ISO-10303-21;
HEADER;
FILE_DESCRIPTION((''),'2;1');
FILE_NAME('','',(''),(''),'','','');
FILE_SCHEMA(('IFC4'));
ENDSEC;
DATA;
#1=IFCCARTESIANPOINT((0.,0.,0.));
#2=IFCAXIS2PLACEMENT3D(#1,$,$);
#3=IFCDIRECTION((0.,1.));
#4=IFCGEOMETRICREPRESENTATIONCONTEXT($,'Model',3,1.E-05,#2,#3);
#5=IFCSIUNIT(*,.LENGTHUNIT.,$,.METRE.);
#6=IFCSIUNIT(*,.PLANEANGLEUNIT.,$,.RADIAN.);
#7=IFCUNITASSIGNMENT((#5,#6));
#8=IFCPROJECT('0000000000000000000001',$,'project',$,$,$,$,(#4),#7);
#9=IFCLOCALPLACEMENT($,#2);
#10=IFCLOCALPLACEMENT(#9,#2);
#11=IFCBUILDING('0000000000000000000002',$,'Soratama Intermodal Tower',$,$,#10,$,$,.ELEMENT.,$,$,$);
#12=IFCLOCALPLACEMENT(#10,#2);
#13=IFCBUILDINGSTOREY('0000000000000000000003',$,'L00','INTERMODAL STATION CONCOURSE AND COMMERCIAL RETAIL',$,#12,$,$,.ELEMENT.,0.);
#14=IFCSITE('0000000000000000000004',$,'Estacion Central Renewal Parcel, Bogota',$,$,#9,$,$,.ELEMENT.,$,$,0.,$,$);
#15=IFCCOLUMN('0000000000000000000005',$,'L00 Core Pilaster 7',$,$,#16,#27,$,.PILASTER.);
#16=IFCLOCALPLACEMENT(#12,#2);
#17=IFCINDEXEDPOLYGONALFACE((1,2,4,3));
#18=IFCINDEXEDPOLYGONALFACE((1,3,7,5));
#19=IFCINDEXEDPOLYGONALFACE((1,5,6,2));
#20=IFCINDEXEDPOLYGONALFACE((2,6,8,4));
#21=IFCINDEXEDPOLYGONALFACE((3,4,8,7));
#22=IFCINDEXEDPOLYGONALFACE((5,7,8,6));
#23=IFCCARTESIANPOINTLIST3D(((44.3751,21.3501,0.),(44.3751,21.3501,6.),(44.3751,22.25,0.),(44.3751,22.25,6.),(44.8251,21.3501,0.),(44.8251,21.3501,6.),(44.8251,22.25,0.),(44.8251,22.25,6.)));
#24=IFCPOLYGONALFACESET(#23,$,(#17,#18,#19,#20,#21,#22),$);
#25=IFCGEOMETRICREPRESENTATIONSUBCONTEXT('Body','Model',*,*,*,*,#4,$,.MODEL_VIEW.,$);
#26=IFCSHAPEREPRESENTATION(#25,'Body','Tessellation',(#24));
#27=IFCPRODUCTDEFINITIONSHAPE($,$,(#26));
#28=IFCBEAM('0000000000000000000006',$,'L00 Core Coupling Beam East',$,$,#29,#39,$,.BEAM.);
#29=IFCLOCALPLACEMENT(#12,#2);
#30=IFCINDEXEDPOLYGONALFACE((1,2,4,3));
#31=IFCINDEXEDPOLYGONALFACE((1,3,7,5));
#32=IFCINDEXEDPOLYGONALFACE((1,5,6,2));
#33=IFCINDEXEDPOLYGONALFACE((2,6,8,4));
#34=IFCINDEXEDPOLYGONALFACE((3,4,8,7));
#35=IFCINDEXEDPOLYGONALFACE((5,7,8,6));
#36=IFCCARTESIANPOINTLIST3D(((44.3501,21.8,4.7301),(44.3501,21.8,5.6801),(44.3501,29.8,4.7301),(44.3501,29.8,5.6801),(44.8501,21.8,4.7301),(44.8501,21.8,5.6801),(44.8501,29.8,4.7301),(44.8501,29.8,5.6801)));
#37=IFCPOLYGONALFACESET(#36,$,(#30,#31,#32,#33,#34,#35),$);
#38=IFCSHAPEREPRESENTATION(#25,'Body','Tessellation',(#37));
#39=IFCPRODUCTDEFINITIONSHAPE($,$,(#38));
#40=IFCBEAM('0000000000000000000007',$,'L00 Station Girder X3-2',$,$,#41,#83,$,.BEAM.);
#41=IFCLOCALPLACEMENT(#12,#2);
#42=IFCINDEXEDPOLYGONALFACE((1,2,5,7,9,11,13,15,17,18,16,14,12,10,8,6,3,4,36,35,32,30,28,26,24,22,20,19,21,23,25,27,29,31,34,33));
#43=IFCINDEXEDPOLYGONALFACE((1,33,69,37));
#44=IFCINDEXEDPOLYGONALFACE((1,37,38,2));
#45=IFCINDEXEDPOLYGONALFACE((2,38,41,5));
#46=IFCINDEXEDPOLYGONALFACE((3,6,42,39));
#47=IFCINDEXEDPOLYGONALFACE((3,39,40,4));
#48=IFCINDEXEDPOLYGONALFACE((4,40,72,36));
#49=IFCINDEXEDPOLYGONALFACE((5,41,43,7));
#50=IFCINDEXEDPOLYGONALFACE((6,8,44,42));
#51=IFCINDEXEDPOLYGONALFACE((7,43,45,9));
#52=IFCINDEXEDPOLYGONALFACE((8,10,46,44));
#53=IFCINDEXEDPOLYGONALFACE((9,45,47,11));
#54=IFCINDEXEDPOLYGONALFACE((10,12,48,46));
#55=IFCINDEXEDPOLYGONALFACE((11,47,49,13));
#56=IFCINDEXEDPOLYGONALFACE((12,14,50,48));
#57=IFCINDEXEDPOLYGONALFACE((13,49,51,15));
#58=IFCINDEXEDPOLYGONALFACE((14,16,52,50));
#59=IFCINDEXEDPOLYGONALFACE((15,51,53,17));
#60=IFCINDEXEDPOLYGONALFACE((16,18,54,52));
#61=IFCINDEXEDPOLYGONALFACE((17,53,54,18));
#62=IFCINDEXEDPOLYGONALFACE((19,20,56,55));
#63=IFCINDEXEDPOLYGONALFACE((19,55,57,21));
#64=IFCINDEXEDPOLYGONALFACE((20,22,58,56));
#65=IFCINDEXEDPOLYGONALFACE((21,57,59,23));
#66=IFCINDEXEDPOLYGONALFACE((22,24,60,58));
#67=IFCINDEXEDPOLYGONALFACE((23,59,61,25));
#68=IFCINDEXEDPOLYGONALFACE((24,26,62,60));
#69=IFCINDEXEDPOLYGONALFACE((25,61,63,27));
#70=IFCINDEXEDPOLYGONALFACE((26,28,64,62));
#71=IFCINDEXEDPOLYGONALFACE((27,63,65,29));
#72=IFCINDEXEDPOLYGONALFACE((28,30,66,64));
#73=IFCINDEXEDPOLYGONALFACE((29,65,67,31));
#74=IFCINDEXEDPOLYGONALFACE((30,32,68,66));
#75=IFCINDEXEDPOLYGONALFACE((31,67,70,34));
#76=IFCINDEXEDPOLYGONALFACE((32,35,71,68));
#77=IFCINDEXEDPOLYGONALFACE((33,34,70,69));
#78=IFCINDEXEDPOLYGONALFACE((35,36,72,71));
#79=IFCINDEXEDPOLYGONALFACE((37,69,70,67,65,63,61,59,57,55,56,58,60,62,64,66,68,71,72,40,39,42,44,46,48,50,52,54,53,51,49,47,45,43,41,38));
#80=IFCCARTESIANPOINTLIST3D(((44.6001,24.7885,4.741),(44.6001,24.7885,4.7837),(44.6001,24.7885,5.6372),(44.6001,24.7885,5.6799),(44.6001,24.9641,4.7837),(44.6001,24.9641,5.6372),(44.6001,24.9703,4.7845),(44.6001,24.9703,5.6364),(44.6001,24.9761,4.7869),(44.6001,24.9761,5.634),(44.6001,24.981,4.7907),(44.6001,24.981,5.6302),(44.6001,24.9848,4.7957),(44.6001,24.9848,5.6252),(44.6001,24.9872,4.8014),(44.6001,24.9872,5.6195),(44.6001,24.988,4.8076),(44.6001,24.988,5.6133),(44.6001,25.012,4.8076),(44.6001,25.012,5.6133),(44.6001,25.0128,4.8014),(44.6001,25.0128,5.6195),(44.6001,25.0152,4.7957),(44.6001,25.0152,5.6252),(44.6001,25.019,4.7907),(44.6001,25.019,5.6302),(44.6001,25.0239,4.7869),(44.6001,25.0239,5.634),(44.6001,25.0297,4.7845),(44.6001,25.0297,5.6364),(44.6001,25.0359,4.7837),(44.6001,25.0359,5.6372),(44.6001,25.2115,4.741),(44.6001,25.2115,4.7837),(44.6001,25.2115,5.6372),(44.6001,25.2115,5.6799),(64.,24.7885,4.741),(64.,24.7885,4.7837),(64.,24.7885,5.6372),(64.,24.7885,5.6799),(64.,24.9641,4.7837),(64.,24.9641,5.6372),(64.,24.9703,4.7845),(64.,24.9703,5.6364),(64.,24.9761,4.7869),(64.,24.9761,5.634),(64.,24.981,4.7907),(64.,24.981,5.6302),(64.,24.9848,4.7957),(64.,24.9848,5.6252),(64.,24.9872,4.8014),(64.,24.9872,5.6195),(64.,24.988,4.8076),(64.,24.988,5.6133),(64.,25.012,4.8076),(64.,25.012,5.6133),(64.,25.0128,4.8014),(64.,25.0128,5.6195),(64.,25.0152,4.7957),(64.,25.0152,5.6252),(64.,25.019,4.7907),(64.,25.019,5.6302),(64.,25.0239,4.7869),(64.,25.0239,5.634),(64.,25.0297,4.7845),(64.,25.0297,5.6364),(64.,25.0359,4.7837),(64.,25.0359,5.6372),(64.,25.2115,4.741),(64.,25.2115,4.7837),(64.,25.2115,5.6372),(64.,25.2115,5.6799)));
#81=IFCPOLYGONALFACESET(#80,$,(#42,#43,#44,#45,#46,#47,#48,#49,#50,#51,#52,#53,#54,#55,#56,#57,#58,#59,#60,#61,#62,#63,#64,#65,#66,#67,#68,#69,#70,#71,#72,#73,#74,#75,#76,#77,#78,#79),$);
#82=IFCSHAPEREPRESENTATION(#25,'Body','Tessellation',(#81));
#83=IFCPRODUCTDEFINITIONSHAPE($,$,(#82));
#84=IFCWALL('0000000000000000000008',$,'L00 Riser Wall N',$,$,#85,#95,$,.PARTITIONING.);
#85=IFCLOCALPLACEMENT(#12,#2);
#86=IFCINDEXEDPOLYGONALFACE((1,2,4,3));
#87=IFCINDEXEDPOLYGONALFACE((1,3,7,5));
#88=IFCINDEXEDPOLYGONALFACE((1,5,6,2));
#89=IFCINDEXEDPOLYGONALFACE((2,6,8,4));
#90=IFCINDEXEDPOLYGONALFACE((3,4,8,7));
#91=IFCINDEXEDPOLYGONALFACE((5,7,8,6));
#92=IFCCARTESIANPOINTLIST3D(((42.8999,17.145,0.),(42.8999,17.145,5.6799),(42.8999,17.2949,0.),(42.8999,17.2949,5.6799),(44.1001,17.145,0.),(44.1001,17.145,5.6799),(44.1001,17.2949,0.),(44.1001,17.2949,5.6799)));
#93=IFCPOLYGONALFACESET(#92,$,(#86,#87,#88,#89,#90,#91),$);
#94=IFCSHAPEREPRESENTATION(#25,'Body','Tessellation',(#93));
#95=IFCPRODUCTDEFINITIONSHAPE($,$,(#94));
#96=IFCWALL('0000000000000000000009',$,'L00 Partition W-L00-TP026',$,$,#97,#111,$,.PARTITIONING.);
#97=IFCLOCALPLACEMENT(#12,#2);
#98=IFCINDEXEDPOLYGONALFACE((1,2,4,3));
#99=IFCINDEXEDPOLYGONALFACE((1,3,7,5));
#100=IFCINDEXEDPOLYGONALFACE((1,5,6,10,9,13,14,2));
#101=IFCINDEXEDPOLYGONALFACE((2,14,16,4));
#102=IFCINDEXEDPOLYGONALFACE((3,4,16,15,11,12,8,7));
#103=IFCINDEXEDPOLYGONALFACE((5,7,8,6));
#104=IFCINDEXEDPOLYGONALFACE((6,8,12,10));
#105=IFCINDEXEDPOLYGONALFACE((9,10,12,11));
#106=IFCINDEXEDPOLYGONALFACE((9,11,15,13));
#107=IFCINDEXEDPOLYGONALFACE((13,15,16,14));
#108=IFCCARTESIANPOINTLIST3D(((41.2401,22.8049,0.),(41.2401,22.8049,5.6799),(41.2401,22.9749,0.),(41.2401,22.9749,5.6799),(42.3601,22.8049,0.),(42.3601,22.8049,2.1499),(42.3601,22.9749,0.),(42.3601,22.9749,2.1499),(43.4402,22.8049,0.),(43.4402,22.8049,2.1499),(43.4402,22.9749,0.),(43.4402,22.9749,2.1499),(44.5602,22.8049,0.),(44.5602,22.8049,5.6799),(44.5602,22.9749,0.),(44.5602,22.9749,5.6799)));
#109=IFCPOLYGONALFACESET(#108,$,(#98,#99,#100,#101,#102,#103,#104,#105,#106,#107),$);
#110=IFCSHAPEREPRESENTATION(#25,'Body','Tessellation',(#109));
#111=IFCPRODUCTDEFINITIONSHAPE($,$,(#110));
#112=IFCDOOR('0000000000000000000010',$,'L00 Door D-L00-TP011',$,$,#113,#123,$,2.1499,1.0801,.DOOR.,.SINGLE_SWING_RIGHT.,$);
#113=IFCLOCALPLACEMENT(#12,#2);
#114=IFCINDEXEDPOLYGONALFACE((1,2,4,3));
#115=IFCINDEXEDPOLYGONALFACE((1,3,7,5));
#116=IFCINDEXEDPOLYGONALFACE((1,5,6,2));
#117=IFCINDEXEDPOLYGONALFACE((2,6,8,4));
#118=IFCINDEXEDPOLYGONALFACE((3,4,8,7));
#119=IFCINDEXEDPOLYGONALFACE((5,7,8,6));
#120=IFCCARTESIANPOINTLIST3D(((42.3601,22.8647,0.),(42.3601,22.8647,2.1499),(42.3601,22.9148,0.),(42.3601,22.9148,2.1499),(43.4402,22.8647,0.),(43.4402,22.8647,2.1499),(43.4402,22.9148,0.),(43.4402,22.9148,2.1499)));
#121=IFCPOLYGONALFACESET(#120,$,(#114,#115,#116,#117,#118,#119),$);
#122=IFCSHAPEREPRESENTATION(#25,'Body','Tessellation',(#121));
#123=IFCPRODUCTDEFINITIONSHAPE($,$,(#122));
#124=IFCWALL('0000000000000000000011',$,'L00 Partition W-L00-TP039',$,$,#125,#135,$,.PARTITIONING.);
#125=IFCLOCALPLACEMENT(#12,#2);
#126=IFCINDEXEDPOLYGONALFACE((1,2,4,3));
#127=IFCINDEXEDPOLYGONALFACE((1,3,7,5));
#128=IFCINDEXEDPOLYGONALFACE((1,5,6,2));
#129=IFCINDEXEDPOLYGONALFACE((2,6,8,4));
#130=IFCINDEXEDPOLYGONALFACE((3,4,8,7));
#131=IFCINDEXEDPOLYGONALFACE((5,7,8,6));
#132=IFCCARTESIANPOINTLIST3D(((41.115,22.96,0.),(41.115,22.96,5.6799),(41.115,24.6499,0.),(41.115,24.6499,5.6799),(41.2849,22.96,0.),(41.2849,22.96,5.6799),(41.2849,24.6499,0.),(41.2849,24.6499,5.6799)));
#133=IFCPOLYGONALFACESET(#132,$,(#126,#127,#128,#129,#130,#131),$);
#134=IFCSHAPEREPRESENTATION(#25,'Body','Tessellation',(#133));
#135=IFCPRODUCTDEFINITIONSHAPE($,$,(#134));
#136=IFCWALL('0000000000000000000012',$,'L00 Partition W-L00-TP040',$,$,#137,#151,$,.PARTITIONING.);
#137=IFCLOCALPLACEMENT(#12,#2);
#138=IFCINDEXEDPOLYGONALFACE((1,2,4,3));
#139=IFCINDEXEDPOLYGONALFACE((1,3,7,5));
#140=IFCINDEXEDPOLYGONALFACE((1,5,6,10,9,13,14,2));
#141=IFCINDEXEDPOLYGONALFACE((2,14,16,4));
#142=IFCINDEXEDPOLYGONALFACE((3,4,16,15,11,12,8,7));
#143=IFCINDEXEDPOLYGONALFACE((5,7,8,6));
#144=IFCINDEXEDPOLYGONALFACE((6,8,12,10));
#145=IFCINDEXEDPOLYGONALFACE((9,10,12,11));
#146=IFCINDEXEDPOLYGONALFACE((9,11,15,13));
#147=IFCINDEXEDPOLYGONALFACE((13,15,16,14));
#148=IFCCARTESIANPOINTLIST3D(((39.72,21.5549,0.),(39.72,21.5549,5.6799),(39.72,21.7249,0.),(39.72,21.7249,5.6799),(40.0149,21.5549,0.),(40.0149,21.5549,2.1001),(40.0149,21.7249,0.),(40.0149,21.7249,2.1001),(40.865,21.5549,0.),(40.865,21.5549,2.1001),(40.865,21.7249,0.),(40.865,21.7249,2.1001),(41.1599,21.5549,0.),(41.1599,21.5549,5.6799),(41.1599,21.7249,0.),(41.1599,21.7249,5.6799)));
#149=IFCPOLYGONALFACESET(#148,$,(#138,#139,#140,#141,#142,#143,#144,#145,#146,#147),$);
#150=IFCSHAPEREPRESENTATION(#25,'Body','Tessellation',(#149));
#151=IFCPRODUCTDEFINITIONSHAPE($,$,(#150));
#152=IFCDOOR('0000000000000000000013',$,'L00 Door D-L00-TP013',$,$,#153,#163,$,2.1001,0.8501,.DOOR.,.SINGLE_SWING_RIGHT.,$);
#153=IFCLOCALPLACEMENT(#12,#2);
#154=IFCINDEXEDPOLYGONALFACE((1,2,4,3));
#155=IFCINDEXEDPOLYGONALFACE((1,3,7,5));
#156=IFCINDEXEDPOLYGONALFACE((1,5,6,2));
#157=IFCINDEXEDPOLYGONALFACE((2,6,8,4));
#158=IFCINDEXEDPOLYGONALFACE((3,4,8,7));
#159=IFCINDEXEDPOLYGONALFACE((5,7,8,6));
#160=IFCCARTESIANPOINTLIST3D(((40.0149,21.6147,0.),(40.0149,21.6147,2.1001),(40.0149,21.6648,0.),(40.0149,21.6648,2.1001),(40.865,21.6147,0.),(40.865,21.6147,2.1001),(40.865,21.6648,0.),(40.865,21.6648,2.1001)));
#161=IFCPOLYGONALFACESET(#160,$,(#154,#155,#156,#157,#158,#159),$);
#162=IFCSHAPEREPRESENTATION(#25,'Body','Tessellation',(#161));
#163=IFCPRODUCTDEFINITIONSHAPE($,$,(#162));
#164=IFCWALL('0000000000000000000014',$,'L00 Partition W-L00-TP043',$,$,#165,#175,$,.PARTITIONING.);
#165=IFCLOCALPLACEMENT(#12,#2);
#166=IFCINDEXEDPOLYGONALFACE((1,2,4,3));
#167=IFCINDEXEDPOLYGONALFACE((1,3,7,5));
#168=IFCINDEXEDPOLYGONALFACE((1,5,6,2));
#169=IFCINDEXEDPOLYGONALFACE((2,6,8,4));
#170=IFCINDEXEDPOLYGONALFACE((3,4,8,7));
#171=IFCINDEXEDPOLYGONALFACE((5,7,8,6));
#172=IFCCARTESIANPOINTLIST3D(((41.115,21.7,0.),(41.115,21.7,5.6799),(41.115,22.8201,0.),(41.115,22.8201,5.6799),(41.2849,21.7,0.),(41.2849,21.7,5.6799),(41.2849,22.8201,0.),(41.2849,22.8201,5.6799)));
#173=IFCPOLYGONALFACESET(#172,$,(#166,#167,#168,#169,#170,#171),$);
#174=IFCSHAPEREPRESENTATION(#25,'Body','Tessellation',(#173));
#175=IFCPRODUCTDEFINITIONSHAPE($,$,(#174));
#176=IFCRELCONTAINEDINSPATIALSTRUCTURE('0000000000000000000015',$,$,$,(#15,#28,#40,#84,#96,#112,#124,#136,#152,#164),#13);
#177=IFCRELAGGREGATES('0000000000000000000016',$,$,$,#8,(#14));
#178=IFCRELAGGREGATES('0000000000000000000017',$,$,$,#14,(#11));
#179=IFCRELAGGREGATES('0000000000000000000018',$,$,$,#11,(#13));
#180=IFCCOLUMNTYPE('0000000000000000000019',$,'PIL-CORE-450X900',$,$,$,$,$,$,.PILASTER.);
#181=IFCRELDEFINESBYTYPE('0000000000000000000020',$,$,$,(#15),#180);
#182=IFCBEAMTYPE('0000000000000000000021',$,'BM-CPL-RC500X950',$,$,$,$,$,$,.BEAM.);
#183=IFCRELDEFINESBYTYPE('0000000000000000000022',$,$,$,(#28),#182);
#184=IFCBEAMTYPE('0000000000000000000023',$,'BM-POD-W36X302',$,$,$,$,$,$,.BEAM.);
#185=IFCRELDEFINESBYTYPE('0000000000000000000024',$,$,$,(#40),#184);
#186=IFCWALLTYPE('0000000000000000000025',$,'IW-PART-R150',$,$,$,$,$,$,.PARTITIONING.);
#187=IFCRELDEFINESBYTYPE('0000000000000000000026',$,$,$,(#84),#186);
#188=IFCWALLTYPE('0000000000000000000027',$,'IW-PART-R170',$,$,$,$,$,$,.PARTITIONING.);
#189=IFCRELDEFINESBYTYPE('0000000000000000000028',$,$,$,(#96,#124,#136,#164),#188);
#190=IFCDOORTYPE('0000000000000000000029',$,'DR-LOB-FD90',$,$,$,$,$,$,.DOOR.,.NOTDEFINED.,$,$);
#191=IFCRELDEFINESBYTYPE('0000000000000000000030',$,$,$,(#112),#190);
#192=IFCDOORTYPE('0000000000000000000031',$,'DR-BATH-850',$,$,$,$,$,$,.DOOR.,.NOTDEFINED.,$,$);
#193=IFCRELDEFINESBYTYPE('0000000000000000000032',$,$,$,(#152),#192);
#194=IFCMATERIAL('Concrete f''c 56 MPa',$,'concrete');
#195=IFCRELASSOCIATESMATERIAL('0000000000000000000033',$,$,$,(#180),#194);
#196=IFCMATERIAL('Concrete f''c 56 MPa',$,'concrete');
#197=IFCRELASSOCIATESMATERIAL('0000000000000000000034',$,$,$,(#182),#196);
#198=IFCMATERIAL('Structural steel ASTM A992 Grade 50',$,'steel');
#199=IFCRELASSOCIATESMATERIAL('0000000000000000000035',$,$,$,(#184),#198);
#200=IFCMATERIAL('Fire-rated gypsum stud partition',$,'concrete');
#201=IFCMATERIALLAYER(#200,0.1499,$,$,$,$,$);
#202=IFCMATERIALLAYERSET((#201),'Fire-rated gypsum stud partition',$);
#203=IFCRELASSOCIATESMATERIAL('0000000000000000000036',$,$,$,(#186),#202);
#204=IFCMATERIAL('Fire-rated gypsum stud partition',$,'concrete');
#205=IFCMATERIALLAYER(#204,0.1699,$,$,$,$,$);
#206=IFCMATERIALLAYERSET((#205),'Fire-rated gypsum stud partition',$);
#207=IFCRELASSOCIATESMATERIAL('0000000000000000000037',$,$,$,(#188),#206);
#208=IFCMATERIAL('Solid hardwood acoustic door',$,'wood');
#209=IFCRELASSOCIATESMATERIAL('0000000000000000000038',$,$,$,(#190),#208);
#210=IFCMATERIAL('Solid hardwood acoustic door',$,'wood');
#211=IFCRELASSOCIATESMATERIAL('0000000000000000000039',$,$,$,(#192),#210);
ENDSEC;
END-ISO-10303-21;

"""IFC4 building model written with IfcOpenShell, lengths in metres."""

from ifc_helpers import new_model, si_unit, direction, frame, frame_2d, origin, origin_2d, place, context, subcontext, project, spatial, rectangle, i_section, extrude, material, layer, layer_set, material_profile, profile_set, type_object, element, fill, save


model = new_model("IFC4")

# Units and contexts
model_context = context("Model", 3, precision=1e-05, world=origin(), true_north=direction((0.0, 1.0)))
body_context = subcontext(model_context, "Body", "Model", "MODEL_VIEW")
ifc_project = project(units=[si_unit("LENGTHUNIT", "METRE"), si_unit("PLANEANGLEUNIT", "RADIAN")], contexts=[model_context])

# Site, building, storey
site_placement = place(None, origin())
site = spatial("IfcSite", under=ifc_project, at=site_placement, Name="Estacion Central Renewal Parcel, Bogota", CompositionType="ELEMENT", RefElevation=0.0)
building_placement = place(site_placement, origin())
building = spatial("IfcBuilding", under=site, at=building_placement, Name="Soratama Intermodal Tower", CompositionType="ELEMENT")
storey_placement = place(building_placement, origin())
storey = spatial("IfcBuildingStorey", under=building, at=storey_placement, Name="L00", Description="INTERMODAL STATION CONCOURSE AND COMMERCIAL RETAIL", CompositionType="ELEMENT", Elevation=0.0)

# Column
ifc_material_1 = material(Name="Concrete f'c 56 MPa", Category="concrete")
ifc_material_profile_1 = material_profile(ifc_material_1, rectangle(XDim=0.45, YDim=0.8999, at=origin_2d()), Name="RC450X900")
ifc_profile_set_1 = profile_set([ifc_material_profile_1], Name="Concrete f'c 56 MPa")
column_type = type_object("IfcColumnType", Name="PIL-CORE-450X900", PredefinedType="PILASTER", material=ifc_profile_set_1)
column_placement = place(storey_placement, frame((44.6001, 21.8, 0.0), z_axis=(0.0, 0.0, 1.0), x_axis=(1.0, 0.0, 0.0)))
element("IfcColumn", 1, at=column_placement, inside=storey, type_object=column_type, Name="L00 Core Pilaster 7", PredefinedType="PILASTER", context=body_context, shape_type="SweptSolid", body=[
    extrude(rectangle(XDim=0.45, YDim=0.8999, at=origin_2d()), origin(), (0.0, 0.0, 1.0), 6.0),
])

# Beams
ifc_material_2 = material(Name="Concrete f'c 56 MPa", Category="concrete")
ifc_material_profile_2 = material_profile(ifc_material_2, rectangle(XDim=0.5, YDim=0.95, at=origin_2d()), Name="RC500X950")
ifc_profile_set_2 = profile_set([ifc_material_profile_2], Name="Concrete f'c 56 MPa")
beam_type_1 = type_object("IfcBeamType", Name="BM-CPL-RC500X950", PredefinedType="BEAM", material=ifc_profile_set_2)
beam_1_placement = place(storey_placement, frame((44.6001, 21.8, 5.2051), z_axis=(0.0, 1.0, 0.0), x_axis=(-1.0, 0.0, 0.0)))
element("IfcBeam", 2, at=beam_1_placement, inside=storey, type_object=beam_type_1, Name="L00 Core Coupling Beam East", PredefinedType="BEAM", context=body_context, shape_type="SweptSolid", body=[
    extrude(rectangle(XDim=0.5, YDim=0.95, at=origin_2d()), origin(), (0.0, 0.0, 1.0), 8.0),
])
ifc_material_3 = material(Name="Structural steel ASTM A992 Grade 50", Category="steel")
ifc_material_profile_3 = material_profile(ifc_material_3, i_section(OverallWidth=0.4231, OverallDepth=0.939, WebThickness=0.0239, FlangeThickness=0.0427, FilletRadius=0.0239, at=origin_2d()), Name="W36X302")
ifc_profile_set_3 = profile_set([ifc_material_profile_3], Name="Structural steel ASTM A992 Grade 50")
beam_type_2 = type_object("IfcBeamType", Name="BM-POD-W36X302", PredefinedType="BEAM", material=ifc_profile_set_3)
beam_2_placement = place(storey_placement, frame((44.6001, 25.0, 5.2104), z_axis=(1.0, 0.0, 0.0), x_axis=(0.0, 1.0, 0.0)))
element("IfcBeam", 3, at=beam_2_placement, inside=storey, type_object=beam_type_2, Name="L00 Station Girder X3-2", PredefinedType="BEAM", context=body_context, shape_type="SweptSolid", body=[
    extrude(i_section(OverallWidth=0.4231, OverallDepth=0.939, WebThickness=0.0239, FlangeThickness=0.0427, FilletRadius=0.0239, at=origin_2d()), origin(), (0.0, 0.0, 1.0), 19.3999),
])

# Wall
ifc_material_4 = material(Name="Fire-rated gypsum stud partition", Category="concrete")
ifc_layer_1 = layer(ifc_material_4, 0.1499)
ifc_layer_set_1 = layer_set([ifc_layer_1], Name="Fire-rated gypsum stud partition")
wall_type_1 = type_object("IfcWallType", Name="IW-PART-R150", PredefinedType="PARTITIONING", material=ifc_layer_set_1)
wall_1_placement = place(storey_placement, frame((42.8999, 17.22, 0.0), z_axis=(0.0, 0.0, 1.0), x_axis=(1.0, 0.0, 0.0)))
element("IfcWall", 4, at=wall_1_placement, inside=storey, type_object=wall_type_1, Name="L00 Riser Wall N", PredefinedType="PARTITIONING", context=body_context, shape_type="SweptSolid", body=[
    extrude(rectangle(XDim=1.2002, YDim=0.1499, at=frame_2d((0.6001, 0.0))), origin(), (0.0, 0.0, 1.0), 5.6799),
])

# Wall, opening, door
ifc_material_5 = material(Name="Fire-rated gypsum stud partition", Category="concrete")
ifc_layer_2 = layer(ifc_material_5, 0.1699)
ifc_layer_set_2 = layer_set([ifc_layer_2], Name="Fire-rated gypsum stud partition")
wall_type_2 = type_object("IfcWallType", Name="IW-PART-R170", PredefinedType="PARTITIONING", material=ifc_layer_set_2)
wall_2_placement = place(storey_placement, frame((41.24, 22.8899, 0.0), z_axis=(0.0, 0.0, 1.0), x_axis=(1.0, 0.0, 0.0)))
wall_2 = element("IfcWall", 5, at=wall_2_placement, inside=storey, type_object=wall_type_2, Name="L00 Partition W-L00-TP026", PredefinedType="PARTITIONING", context=body_context, shape_type="SweptSolid", body=[
    extrude(rectangle(XDim=3.3201, YDim=0.1699, at=frame_2d((1.6602, 0.0))), origin(), (0.0, 0.0, 1.0), 5.6799),
])
opening_1_placement = place(wall_2_placement, frame((1.1201, 0.0, 0.0)))
opening_1 = element("IfcOpeningElement", 6, at=opening_1_placement, cuts=wall_2, PredefinedType="OPENING", context=body_context, shape_type="SweptSolid", body=[
    extrude(rectangle(XDim=1.0801, YDim=2.1499, at=frame_2d((0.54, 1.075))), frame((0.0, 0.095, 0.0), z_axis=(0.0, -1.0, 0.0), x_axis=(1.0, 0.0, 0.0)), (0.0, 0.0, 1.0), 0.1899),
])
ifc_material_6 = material(Name="Solid hardwood acoustic door", Category="wood")
door_type_1 = type_object("IfcDoorType", Name="DR-LOB-FD90", OperationType="NOTDEFINED", PredefinedType="DOOR", material=ifc_material_6)
door_1_placement = place(opening_1_placement, origin())
door_1 = element("IfcDoor", 7, at=door_1_placement, inside=storey, type_object=door_type_1, Name="L00 Door D-L00-TP011", OperationType="SINGLE_SWING_RIGHT", OverallHeight=2.1499, OverallWidth=1.0801, PredefinedType="DOOR", context=body_context, shape_type="SweptSolid", body=[
    extrude(rectangle(XDim=1.0801, YDim=2.1499, at=frame_2d((0.54, 1.075))), frame((0.0, 0.0249, 0.0), z_axis=(0.0, -1.0, 0.0), x_axis=(1.0, 0.0, 0.0)), (0.0, 0.0, 1.0), 0.05),
])
fill(opening_1, door_1)

# Wall
wall_3_placement = place(storey_placement, frame((41.2, 22.96, 0.0), z_axis=(0.0, 0.0, 1.0), x_axis=(0.0, 1.0, 0.0)))
element("IfcWall", 8, at=wall_3_placement, inside=storey, type_object=wall_type_2, Name="L00 Partition W-L00-TP039", PredefinedType="PARTITIONING", context=body_context, shape_type="SweptSolid", body=[
    extrude(rectangle(XDim=1.6899, YDim=0.1699, at=frame_2d((0.845, 0.0))), origin(), (0.0, 0.0, 1.0), 5.6799),
])

# Wall, opening, door
wall_4_placement = place(storey_placement, frame((39.72, 21.6399, 0.0), z_axis=(0.0, 0.0, 1.0), x_axis=(1.0, 0.0, 0.0)))
wall_4 = element("IfcWall", 9, at=wall_4_placement, inside=storey, type_object=wall_type_2, Name="L00 Partition W-L00-TP040", PredefinedType="PARTITIONING", context=body_context, shape_type="SweptSolid", body=[
    extrude(rectangle(XDim=1.4399, YDim=0.1699, at=frame_2d((0.72, 0.0))), origin(), (0.0, 0.0, 1.0), 5.6799),
])
opening_2_placement = place(wall_4_placement, frame((0.2949, 0.0, 0.0)))
opening_2 = element("IfcOpeningElement", 10, at=opening_2_placement, cuts=wall_4, PredefinedType="OPENING", context=body_context, shape_type="SweptSolid", body=[
    extrude(rectangle(XDim=0.8501, YDim=2.1001, at=frame_2d((0.425, 1.05))), frame((0.0, 0.095, 0.0), z_axis=(0.0, -1.0, 0.0), x_axis=(1.0, 0.0, 0.0)), (0.0, 0.0, 1.0), 0.1899),
])
ifc_material_7 = material(Name="Solid hardwood acoustic door", Category="wood")
door_type_2 = type_object("IfcDoorType", Name="DR-BATH-850", OperationType="NOTDEFINED", PredefinedType="DOOR", material=ifc_material_7)
door_2_placement = place(opening_2_placement, origin())
door_2 = element("IfcDoor", 11, at=door_2_placement, inside=storey, type_object=door_type_2, Name="L00 Door D-L00-TP013", OperationType="SINGLE_SWING_RIGHT", OverallHeight=2.1001, OverallWidth=0.8501, PredefinedType="DOOR", context=body_context, shape_type="SweptSolid", body=[
    extrude(rectangle(XDim=0.8501, YDim=2.1001, at=frame_2d((0.425, 1.05))), frame((0.0, 0.0249, 0.0), z_axis=(0.0, -1.0, 0.0), x_axis=(1.0, 0.0, 0.0)), (0.0, 0.0, 1.0), 0.05),
])
fill(opening_2, door_2)

# Wall
wall_5_placement = place(storey_placement, frame((41.2, 21.7, 0.0), z_axis=(0.0, 0.0, 1.0), x_axis=(0.0, 1.0, 0.0)))
element("IfcWall", 12, at=wall_5_placement, inside=storey, type_object=wall_type_2, Name="L00 Partition W-L00-TP043", PredefinedType="PARTITIONING", context=body_context, shape_type="SweptSolid", body=[
    extrude(rectangle(XDim=1.1201, YDim=0.1699, at=frame_2d((0.5601, 0.0))), origin(), (0.0, 0.0, 1.0), 5.6799),
])

save(model, "model.ifc")
